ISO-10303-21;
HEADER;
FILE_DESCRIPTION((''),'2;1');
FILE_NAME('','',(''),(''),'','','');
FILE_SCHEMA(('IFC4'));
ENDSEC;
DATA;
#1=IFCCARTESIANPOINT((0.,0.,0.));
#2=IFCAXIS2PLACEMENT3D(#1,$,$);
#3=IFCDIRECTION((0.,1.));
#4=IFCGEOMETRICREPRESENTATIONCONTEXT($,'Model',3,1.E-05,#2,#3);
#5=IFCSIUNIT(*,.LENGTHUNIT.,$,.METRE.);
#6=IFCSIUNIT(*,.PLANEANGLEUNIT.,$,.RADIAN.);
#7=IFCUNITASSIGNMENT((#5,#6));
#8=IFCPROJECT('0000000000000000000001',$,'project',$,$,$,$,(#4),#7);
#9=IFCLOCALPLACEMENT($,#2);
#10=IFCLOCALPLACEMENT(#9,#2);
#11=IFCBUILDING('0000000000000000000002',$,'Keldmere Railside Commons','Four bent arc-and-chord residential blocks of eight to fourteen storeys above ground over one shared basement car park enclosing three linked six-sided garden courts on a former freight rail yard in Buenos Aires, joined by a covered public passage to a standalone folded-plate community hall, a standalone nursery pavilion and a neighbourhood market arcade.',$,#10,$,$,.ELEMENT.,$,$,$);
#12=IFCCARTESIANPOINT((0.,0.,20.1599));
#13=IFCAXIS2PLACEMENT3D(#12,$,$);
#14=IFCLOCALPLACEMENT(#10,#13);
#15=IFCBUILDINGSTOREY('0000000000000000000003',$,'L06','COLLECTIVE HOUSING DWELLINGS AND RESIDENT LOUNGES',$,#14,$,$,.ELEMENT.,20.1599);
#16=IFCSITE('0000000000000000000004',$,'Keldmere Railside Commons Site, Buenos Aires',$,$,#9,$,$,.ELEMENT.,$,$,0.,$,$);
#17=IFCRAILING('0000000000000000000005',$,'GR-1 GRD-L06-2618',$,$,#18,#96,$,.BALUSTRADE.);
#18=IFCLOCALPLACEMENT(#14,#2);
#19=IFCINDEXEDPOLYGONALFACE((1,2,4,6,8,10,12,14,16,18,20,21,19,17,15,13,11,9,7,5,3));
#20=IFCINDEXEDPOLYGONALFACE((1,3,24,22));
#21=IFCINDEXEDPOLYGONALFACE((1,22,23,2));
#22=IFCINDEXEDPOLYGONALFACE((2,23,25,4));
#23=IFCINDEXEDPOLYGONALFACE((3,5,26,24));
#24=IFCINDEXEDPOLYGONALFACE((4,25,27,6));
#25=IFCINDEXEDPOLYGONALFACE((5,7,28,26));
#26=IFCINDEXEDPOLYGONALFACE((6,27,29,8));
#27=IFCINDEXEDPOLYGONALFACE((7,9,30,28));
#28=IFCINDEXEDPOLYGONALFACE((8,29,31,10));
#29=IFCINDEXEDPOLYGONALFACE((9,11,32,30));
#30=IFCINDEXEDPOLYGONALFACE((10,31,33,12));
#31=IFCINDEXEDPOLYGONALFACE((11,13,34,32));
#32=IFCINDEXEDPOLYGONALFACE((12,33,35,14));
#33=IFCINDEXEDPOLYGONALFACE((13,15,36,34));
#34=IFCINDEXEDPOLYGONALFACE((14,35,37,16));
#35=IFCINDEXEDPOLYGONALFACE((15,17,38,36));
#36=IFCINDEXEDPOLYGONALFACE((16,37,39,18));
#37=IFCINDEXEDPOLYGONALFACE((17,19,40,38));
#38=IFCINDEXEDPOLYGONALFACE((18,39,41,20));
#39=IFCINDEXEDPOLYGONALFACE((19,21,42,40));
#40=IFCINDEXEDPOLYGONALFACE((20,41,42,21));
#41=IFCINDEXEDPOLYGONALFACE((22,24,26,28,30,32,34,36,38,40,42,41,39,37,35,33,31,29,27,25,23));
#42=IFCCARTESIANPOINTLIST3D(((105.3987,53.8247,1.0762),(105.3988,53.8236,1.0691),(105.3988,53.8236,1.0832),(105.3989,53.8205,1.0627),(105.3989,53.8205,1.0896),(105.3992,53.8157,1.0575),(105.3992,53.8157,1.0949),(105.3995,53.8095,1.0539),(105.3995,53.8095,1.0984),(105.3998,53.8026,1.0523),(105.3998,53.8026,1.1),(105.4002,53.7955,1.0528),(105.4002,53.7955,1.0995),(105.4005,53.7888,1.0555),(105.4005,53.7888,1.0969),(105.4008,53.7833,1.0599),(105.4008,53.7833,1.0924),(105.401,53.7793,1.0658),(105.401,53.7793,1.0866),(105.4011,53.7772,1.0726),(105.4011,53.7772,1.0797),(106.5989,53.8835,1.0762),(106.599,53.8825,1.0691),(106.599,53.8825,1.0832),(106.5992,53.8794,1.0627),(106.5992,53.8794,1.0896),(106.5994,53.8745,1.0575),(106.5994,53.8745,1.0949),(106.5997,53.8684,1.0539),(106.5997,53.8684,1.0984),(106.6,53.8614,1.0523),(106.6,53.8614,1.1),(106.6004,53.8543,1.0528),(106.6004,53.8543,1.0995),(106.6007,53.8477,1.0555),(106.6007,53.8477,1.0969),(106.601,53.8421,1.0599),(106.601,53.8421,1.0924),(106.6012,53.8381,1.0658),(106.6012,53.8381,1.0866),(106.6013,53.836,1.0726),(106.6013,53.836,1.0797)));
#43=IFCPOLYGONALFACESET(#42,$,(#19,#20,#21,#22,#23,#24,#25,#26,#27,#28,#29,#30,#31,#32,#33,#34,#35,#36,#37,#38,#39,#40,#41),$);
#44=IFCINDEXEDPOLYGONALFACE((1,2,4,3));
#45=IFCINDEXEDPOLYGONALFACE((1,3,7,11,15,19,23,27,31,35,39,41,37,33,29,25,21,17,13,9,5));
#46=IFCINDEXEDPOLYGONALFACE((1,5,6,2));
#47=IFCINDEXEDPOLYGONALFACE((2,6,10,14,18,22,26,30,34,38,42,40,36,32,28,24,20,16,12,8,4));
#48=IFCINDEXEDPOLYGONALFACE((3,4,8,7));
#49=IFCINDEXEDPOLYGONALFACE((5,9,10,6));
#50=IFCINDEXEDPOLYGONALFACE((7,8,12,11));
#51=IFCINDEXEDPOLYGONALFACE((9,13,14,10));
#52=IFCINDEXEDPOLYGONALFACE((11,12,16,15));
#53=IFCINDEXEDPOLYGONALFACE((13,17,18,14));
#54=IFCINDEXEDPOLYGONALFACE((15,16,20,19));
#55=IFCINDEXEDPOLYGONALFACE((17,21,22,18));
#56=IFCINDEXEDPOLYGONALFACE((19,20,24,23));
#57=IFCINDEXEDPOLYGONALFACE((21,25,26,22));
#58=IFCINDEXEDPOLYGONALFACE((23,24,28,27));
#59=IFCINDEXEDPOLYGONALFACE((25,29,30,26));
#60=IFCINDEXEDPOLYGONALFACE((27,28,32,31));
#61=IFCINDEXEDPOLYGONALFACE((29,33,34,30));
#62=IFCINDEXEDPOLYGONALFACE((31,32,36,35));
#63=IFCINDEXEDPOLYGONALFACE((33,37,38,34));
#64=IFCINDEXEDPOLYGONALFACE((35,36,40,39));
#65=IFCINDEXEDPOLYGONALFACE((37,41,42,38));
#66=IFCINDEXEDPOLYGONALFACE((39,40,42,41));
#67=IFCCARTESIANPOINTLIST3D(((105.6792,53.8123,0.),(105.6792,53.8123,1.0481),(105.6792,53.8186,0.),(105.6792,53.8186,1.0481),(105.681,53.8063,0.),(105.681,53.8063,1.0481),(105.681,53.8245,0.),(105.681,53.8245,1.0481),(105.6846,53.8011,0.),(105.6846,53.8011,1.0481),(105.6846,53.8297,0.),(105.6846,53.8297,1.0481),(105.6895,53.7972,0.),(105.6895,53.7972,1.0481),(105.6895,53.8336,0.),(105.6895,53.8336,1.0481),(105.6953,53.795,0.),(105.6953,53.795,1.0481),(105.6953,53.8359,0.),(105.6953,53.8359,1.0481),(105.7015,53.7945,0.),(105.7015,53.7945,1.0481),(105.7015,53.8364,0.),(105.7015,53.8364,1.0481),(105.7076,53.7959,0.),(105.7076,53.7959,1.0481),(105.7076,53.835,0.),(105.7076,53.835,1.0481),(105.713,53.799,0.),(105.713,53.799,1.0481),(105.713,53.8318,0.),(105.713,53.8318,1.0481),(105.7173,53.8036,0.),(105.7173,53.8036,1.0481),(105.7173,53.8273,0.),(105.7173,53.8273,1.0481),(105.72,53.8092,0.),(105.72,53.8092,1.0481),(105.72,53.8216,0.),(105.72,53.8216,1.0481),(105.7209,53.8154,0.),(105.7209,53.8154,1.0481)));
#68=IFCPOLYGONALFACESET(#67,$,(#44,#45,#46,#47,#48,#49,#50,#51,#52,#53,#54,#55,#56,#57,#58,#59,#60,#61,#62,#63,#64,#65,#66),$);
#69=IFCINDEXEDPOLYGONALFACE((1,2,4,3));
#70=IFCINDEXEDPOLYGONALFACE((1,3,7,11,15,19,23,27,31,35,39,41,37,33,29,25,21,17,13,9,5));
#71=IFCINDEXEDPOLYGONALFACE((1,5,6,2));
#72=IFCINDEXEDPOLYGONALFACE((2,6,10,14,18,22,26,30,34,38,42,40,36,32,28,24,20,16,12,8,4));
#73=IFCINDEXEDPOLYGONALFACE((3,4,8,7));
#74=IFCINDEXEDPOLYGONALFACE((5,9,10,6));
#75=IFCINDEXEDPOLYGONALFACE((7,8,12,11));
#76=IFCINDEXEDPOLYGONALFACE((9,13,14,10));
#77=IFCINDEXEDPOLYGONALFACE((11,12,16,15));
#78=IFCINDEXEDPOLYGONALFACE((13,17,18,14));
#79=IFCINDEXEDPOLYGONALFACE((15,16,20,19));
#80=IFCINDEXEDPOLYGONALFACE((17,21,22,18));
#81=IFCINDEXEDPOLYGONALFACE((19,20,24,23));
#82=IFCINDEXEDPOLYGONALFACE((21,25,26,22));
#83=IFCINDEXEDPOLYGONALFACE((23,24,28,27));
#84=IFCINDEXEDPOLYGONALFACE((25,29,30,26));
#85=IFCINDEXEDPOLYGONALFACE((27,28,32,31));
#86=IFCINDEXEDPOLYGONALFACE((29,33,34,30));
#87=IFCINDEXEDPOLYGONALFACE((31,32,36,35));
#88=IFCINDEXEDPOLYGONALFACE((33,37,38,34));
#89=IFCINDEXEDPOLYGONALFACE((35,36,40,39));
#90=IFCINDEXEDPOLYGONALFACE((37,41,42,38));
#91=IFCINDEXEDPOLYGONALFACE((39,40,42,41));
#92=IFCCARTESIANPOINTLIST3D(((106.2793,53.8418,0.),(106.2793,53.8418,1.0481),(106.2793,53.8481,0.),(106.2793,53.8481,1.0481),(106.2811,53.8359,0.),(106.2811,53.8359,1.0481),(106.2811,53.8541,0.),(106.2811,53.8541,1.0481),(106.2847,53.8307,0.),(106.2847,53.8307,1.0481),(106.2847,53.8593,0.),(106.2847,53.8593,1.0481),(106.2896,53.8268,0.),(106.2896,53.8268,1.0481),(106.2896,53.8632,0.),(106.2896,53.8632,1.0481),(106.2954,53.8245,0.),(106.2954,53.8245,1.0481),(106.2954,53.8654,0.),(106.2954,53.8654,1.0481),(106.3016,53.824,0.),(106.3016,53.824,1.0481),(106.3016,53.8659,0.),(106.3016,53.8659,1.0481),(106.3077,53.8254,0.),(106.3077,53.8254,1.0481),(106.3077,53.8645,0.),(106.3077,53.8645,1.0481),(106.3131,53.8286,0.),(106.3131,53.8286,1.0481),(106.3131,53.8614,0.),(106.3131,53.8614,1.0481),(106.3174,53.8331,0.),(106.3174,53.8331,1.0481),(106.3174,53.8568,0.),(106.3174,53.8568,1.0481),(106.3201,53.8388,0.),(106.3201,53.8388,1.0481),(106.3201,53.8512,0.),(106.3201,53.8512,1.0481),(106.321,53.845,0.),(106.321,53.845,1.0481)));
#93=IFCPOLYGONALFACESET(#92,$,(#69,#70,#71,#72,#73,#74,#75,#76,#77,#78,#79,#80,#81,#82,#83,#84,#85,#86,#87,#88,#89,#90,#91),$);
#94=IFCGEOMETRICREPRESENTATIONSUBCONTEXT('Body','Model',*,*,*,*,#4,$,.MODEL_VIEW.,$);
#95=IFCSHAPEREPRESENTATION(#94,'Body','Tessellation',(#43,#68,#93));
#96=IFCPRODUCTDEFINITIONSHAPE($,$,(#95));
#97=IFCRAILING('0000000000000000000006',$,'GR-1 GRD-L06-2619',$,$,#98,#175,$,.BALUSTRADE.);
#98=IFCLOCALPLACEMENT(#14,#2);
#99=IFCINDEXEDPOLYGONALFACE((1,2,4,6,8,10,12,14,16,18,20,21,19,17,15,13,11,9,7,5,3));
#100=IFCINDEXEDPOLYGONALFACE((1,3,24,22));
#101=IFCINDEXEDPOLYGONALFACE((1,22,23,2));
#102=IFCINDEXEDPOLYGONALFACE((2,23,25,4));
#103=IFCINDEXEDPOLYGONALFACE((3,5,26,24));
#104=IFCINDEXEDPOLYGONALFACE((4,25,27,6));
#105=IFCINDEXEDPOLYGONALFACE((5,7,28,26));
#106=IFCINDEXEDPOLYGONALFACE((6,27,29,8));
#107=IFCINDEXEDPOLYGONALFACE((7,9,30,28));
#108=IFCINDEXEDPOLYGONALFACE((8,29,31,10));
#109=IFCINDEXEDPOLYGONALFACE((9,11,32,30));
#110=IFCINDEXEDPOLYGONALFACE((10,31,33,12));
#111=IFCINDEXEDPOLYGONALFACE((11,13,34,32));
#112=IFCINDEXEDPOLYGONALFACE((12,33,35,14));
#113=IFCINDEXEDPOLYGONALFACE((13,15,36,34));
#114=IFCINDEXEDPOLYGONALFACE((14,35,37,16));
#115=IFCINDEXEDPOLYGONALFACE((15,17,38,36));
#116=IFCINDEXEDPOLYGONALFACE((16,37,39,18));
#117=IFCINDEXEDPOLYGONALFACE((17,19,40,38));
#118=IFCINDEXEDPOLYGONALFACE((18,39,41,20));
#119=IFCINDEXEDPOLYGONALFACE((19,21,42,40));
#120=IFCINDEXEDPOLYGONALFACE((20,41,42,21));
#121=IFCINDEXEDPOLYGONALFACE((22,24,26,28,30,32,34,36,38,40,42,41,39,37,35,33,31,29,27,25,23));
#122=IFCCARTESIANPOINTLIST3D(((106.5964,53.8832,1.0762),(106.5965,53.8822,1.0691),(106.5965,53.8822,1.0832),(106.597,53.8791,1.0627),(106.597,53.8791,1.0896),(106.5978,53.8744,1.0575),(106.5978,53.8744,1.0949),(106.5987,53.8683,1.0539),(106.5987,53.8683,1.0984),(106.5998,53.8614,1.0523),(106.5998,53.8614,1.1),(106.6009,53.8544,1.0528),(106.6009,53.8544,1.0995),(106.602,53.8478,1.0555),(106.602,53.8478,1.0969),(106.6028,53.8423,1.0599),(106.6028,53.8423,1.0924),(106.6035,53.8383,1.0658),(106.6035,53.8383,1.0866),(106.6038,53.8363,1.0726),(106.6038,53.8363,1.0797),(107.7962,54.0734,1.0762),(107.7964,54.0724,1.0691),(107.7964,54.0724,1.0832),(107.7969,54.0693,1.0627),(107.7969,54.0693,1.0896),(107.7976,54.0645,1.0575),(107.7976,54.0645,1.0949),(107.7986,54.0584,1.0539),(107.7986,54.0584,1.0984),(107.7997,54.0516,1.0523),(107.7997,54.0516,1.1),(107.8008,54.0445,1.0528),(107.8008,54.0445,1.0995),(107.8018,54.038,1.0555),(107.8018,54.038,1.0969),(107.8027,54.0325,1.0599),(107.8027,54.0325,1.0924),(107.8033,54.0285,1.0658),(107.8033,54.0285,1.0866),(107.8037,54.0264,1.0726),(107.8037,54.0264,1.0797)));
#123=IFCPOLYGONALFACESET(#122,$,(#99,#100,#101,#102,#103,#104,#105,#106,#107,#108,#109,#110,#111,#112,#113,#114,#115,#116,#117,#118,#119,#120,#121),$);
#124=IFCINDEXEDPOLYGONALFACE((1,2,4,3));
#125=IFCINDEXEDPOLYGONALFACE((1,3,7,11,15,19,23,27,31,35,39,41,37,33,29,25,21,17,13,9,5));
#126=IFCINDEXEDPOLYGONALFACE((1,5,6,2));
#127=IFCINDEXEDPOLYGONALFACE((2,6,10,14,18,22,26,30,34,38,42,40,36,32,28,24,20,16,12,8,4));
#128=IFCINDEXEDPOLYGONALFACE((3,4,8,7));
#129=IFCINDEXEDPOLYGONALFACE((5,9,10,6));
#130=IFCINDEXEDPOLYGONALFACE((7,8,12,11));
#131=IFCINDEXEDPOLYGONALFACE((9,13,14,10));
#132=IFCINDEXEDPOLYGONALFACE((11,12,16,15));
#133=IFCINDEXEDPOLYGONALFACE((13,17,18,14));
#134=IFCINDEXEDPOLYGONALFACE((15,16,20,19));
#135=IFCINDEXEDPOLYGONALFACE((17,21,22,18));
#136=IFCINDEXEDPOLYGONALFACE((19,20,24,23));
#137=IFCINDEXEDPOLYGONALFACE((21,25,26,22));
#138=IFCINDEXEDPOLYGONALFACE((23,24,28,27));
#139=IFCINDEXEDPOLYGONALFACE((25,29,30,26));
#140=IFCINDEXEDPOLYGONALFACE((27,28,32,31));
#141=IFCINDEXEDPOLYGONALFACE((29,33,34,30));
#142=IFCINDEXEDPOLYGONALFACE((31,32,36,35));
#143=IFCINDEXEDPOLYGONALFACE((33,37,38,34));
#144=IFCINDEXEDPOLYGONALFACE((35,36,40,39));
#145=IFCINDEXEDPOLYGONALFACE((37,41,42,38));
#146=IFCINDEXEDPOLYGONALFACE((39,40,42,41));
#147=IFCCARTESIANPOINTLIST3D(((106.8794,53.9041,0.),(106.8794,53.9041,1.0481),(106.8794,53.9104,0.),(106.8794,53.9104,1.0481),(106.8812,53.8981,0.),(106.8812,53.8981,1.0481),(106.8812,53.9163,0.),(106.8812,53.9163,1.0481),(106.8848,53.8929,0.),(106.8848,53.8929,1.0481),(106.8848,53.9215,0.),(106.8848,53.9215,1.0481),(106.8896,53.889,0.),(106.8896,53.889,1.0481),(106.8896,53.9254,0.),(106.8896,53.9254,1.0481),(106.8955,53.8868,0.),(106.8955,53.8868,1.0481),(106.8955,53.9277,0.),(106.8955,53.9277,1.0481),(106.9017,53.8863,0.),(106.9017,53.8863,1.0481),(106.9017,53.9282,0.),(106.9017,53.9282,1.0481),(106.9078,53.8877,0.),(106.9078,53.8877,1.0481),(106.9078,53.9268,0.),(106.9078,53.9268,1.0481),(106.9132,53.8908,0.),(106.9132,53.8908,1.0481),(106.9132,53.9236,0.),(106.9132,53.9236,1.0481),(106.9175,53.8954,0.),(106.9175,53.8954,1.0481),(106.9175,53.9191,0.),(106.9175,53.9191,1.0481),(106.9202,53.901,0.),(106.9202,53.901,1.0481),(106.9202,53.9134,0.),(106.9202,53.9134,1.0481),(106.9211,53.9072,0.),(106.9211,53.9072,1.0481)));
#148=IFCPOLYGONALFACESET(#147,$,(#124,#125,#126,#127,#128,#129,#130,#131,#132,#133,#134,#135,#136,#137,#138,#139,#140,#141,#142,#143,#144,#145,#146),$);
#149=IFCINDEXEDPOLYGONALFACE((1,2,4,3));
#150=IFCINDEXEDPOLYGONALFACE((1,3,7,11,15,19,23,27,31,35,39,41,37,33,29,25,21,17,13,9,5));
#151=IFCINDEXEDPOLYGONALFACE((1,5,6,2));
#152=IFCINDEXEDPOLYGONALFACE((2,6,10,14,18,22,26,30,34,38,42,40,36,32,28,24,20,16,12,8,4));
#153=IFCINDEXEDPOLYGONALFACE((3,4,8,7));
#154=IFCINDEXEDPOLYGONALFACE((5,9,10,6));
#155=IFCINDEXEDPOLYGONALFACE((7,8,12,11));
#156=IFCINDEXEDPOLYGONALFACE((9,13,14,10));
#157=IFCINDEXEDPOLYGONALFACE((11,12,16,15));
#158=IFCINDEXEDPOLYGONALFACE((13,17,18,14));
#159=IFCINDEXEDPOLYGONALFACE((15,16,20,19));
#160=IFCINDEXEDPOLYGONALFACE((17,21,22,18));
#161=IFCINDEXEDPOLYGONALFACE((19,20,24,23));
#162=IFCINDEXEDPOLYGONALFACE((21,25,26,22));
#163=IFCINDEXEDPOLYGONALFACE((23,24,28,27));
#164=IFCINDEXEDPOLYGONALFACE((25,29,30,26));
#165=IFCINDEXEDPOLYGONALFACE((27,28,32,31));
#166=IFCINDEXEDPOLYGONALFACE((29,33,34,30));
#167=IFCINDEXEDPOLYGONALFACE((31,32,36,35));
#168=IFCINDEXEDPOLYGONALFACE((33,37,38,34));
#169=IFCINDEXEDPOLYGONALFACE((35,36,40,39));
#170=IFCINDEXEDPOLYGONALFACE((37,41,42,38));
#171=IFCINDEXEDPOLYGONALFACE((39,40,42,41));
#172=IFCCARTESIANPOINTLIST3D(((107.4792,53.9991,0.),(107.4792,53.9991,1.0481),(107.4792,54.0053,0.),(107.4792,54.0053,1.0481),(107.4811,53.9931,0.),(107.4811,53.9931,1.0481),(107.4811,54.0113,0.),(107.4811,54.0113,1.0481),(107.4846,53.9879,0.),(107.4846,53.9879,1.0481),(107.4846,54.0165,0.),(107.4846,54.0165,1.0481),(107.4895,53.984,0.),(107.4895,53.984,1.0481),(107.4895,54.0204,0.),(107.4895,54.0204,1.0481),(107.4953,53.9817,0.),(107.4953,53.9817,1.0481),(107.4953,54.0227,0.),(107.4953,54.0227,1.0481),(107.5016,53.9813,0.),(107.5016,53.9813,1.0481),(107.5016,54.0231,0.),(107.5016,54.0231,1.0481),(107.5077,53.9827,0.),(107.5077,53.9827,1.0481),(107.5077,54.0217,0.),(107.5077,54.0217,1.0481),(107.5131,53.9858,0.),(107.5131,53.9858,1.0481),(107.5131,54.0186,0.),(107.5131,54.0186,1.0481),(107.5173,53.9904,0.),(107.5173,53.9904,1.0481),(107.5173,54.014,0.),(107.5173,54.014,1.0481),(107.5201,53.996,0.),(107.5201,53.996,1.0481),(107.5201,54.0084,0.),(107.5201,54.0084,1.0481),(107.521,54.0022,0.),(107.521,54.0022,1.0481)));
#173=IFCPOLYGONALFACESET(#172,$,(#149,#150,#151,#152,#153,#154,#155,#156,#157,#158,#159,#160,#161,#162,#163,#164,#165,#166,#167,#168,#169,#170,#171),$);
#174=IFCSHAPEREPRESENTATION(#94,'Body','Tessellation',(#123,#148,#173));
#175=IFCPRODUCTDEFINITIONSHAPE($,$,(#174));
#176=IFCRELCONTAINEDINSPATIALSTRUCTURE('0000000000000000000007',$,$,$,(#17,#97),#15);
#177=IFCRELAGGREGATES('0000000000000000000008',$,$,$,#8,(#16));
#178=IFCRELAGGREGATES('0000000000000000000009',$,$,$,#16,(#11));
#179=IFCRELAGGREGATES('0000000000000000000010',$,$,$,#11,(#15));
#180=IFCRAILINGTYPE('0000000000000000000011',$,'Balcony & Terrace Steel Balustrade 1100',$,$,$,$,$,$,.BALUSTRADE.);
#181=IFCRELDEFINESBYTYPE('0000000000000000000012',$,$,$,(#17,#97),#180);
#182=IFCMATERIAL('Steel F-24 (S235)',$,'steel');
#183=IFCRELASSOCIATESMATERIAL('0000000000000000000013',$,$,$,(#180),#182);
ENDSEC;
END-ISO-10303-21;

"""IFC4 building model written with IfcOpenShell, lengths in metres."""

from ifc_helpers import new_model, si_unit, direction, frame, origin, origin_2d, place, context, subcontext, project, spatial, circle, extrude, material, type_object, element, save


model = new_model("IFC4")

# Units and contexts
model_context = context("Model", 3, precision=1e-05, world=origin(), true_north=direction((0.0, 1.0)))
body_context = subcontext(model_context, "Body", "Model", "MODEL_VIEW")
ifc_project = project(units=[si_unit("LENGTHUNIT", "METRE"), si_unit("PLANEANGLEUNIT", "RADIAN")], contexts=[model_context])

# Site, building, storey
site_placement = place(None, origin())
site = spatial("IfcSite", under=ifc_project, at=site_placement, Name="Keldmere Railside Commons Site, Buenos Aires", CompositionType="ELEMENT", RefElevation=0.0)
building_placement = place(site_placement, origin())
building = spatial("IfcBuilding", under=site, at=building_placement, Name="Keldmere Railside Commons", Description="Four bent arc-and-chord residential blocks of eight to fourteen storeys above ground over one shared basement car park enclosing three linked six-sided garden courts on a former freight rail yard in Buenos Aires, joined by a covered public passage to a standalone folded-plate community hall, a standalone nursery pavilion and a neighbourhood market arcade.", CompositionType="ELEMENT")
storey_placement = place(building_placement, frame((0.0, 0.0, 20.1599)))
storey = spatial("IfcBuildingStorey", under=building, at=storey_placement, Name="L06", Description="COLLECTIVE HOUSING DWELLINGS AND RESIDENT LOUNGES", CompositionType="ELEMENT", Elevation=20.1599)

# Railings
ifc_material_1 = material(Name="Steel F-24 (S235)", Category="steel")
railing_type = type_object("IfcRailingType", Name="Balcony & Terrace Steel Balustrade 1100", PredefinedType="BALUSTRADE", material=ifc_material_1)
railing_1_placement = place(storey_placement, frame((105.3999, 53.8008, 0.0)))
element("IfcRailing", 1, at=railing_1_placement, inside=storey, type_object=railing_type, Name="GR-1 GRD-L06-2618", PredefinedType="BALUSTRADE", context=body_context, shape_type="SweptSolid", body=[
    extrude(circle(Radius=0.0239, at=origin_2d()), frame((0.0, 0.0, 1.0762), z_axis=(0.998801, 0.048965, 0.0), x_axis=(-0.048965, 0.998801, 0.0)), (0.0, 0.0, 1.0), 1.2017),
    extrude(circle(Radius=0.021, at=origin_2d()), frame((0.3, 0.0146, 0.0)), (0.0, 0.0, 1.0), 1.0481),
    extrude(circle(Radius=0.021, at=origin_2d()), frame((0.9001, 0.0442, 0.0)), (0.0, 0.0, 1.0), 1.0481),
])
railing_2_placement = place(storey_placement, frame((106.6001, 53.8596, 0.0)))
element("IfcRailing", 2, at=railing_2_placement, inside=storey, type_object=railing_type, Name="GR-1 GRD-L06-2619", PredefinedType="BALUSTRADE", context=body_context, shape_type="SweptSolid", body=[
    extrude(circle(Radius=0.0239, at=origin_2d()), frame((0.0, 0.0, 1.0762), z_axis=(0.987672, 0.15654, 0.0), x_axis=(-0.15654, 0.987672, 0.0)), (0.0, 0.0, 1.0), 1.2148),
    extrude(circle(Radius=0.021, at=origin_2d()), frame((0.3, 0.0476, 0.0)), (0.0, 0.0, 1.0), 1.0481),
    extrude(circle(Radius=0.021, at=origin_2d()), frame((0.8999, 0.1426, 0.0)), (0.0, 0.0, 1.0), 1.0481),
])

save(model, "model.ifc")
